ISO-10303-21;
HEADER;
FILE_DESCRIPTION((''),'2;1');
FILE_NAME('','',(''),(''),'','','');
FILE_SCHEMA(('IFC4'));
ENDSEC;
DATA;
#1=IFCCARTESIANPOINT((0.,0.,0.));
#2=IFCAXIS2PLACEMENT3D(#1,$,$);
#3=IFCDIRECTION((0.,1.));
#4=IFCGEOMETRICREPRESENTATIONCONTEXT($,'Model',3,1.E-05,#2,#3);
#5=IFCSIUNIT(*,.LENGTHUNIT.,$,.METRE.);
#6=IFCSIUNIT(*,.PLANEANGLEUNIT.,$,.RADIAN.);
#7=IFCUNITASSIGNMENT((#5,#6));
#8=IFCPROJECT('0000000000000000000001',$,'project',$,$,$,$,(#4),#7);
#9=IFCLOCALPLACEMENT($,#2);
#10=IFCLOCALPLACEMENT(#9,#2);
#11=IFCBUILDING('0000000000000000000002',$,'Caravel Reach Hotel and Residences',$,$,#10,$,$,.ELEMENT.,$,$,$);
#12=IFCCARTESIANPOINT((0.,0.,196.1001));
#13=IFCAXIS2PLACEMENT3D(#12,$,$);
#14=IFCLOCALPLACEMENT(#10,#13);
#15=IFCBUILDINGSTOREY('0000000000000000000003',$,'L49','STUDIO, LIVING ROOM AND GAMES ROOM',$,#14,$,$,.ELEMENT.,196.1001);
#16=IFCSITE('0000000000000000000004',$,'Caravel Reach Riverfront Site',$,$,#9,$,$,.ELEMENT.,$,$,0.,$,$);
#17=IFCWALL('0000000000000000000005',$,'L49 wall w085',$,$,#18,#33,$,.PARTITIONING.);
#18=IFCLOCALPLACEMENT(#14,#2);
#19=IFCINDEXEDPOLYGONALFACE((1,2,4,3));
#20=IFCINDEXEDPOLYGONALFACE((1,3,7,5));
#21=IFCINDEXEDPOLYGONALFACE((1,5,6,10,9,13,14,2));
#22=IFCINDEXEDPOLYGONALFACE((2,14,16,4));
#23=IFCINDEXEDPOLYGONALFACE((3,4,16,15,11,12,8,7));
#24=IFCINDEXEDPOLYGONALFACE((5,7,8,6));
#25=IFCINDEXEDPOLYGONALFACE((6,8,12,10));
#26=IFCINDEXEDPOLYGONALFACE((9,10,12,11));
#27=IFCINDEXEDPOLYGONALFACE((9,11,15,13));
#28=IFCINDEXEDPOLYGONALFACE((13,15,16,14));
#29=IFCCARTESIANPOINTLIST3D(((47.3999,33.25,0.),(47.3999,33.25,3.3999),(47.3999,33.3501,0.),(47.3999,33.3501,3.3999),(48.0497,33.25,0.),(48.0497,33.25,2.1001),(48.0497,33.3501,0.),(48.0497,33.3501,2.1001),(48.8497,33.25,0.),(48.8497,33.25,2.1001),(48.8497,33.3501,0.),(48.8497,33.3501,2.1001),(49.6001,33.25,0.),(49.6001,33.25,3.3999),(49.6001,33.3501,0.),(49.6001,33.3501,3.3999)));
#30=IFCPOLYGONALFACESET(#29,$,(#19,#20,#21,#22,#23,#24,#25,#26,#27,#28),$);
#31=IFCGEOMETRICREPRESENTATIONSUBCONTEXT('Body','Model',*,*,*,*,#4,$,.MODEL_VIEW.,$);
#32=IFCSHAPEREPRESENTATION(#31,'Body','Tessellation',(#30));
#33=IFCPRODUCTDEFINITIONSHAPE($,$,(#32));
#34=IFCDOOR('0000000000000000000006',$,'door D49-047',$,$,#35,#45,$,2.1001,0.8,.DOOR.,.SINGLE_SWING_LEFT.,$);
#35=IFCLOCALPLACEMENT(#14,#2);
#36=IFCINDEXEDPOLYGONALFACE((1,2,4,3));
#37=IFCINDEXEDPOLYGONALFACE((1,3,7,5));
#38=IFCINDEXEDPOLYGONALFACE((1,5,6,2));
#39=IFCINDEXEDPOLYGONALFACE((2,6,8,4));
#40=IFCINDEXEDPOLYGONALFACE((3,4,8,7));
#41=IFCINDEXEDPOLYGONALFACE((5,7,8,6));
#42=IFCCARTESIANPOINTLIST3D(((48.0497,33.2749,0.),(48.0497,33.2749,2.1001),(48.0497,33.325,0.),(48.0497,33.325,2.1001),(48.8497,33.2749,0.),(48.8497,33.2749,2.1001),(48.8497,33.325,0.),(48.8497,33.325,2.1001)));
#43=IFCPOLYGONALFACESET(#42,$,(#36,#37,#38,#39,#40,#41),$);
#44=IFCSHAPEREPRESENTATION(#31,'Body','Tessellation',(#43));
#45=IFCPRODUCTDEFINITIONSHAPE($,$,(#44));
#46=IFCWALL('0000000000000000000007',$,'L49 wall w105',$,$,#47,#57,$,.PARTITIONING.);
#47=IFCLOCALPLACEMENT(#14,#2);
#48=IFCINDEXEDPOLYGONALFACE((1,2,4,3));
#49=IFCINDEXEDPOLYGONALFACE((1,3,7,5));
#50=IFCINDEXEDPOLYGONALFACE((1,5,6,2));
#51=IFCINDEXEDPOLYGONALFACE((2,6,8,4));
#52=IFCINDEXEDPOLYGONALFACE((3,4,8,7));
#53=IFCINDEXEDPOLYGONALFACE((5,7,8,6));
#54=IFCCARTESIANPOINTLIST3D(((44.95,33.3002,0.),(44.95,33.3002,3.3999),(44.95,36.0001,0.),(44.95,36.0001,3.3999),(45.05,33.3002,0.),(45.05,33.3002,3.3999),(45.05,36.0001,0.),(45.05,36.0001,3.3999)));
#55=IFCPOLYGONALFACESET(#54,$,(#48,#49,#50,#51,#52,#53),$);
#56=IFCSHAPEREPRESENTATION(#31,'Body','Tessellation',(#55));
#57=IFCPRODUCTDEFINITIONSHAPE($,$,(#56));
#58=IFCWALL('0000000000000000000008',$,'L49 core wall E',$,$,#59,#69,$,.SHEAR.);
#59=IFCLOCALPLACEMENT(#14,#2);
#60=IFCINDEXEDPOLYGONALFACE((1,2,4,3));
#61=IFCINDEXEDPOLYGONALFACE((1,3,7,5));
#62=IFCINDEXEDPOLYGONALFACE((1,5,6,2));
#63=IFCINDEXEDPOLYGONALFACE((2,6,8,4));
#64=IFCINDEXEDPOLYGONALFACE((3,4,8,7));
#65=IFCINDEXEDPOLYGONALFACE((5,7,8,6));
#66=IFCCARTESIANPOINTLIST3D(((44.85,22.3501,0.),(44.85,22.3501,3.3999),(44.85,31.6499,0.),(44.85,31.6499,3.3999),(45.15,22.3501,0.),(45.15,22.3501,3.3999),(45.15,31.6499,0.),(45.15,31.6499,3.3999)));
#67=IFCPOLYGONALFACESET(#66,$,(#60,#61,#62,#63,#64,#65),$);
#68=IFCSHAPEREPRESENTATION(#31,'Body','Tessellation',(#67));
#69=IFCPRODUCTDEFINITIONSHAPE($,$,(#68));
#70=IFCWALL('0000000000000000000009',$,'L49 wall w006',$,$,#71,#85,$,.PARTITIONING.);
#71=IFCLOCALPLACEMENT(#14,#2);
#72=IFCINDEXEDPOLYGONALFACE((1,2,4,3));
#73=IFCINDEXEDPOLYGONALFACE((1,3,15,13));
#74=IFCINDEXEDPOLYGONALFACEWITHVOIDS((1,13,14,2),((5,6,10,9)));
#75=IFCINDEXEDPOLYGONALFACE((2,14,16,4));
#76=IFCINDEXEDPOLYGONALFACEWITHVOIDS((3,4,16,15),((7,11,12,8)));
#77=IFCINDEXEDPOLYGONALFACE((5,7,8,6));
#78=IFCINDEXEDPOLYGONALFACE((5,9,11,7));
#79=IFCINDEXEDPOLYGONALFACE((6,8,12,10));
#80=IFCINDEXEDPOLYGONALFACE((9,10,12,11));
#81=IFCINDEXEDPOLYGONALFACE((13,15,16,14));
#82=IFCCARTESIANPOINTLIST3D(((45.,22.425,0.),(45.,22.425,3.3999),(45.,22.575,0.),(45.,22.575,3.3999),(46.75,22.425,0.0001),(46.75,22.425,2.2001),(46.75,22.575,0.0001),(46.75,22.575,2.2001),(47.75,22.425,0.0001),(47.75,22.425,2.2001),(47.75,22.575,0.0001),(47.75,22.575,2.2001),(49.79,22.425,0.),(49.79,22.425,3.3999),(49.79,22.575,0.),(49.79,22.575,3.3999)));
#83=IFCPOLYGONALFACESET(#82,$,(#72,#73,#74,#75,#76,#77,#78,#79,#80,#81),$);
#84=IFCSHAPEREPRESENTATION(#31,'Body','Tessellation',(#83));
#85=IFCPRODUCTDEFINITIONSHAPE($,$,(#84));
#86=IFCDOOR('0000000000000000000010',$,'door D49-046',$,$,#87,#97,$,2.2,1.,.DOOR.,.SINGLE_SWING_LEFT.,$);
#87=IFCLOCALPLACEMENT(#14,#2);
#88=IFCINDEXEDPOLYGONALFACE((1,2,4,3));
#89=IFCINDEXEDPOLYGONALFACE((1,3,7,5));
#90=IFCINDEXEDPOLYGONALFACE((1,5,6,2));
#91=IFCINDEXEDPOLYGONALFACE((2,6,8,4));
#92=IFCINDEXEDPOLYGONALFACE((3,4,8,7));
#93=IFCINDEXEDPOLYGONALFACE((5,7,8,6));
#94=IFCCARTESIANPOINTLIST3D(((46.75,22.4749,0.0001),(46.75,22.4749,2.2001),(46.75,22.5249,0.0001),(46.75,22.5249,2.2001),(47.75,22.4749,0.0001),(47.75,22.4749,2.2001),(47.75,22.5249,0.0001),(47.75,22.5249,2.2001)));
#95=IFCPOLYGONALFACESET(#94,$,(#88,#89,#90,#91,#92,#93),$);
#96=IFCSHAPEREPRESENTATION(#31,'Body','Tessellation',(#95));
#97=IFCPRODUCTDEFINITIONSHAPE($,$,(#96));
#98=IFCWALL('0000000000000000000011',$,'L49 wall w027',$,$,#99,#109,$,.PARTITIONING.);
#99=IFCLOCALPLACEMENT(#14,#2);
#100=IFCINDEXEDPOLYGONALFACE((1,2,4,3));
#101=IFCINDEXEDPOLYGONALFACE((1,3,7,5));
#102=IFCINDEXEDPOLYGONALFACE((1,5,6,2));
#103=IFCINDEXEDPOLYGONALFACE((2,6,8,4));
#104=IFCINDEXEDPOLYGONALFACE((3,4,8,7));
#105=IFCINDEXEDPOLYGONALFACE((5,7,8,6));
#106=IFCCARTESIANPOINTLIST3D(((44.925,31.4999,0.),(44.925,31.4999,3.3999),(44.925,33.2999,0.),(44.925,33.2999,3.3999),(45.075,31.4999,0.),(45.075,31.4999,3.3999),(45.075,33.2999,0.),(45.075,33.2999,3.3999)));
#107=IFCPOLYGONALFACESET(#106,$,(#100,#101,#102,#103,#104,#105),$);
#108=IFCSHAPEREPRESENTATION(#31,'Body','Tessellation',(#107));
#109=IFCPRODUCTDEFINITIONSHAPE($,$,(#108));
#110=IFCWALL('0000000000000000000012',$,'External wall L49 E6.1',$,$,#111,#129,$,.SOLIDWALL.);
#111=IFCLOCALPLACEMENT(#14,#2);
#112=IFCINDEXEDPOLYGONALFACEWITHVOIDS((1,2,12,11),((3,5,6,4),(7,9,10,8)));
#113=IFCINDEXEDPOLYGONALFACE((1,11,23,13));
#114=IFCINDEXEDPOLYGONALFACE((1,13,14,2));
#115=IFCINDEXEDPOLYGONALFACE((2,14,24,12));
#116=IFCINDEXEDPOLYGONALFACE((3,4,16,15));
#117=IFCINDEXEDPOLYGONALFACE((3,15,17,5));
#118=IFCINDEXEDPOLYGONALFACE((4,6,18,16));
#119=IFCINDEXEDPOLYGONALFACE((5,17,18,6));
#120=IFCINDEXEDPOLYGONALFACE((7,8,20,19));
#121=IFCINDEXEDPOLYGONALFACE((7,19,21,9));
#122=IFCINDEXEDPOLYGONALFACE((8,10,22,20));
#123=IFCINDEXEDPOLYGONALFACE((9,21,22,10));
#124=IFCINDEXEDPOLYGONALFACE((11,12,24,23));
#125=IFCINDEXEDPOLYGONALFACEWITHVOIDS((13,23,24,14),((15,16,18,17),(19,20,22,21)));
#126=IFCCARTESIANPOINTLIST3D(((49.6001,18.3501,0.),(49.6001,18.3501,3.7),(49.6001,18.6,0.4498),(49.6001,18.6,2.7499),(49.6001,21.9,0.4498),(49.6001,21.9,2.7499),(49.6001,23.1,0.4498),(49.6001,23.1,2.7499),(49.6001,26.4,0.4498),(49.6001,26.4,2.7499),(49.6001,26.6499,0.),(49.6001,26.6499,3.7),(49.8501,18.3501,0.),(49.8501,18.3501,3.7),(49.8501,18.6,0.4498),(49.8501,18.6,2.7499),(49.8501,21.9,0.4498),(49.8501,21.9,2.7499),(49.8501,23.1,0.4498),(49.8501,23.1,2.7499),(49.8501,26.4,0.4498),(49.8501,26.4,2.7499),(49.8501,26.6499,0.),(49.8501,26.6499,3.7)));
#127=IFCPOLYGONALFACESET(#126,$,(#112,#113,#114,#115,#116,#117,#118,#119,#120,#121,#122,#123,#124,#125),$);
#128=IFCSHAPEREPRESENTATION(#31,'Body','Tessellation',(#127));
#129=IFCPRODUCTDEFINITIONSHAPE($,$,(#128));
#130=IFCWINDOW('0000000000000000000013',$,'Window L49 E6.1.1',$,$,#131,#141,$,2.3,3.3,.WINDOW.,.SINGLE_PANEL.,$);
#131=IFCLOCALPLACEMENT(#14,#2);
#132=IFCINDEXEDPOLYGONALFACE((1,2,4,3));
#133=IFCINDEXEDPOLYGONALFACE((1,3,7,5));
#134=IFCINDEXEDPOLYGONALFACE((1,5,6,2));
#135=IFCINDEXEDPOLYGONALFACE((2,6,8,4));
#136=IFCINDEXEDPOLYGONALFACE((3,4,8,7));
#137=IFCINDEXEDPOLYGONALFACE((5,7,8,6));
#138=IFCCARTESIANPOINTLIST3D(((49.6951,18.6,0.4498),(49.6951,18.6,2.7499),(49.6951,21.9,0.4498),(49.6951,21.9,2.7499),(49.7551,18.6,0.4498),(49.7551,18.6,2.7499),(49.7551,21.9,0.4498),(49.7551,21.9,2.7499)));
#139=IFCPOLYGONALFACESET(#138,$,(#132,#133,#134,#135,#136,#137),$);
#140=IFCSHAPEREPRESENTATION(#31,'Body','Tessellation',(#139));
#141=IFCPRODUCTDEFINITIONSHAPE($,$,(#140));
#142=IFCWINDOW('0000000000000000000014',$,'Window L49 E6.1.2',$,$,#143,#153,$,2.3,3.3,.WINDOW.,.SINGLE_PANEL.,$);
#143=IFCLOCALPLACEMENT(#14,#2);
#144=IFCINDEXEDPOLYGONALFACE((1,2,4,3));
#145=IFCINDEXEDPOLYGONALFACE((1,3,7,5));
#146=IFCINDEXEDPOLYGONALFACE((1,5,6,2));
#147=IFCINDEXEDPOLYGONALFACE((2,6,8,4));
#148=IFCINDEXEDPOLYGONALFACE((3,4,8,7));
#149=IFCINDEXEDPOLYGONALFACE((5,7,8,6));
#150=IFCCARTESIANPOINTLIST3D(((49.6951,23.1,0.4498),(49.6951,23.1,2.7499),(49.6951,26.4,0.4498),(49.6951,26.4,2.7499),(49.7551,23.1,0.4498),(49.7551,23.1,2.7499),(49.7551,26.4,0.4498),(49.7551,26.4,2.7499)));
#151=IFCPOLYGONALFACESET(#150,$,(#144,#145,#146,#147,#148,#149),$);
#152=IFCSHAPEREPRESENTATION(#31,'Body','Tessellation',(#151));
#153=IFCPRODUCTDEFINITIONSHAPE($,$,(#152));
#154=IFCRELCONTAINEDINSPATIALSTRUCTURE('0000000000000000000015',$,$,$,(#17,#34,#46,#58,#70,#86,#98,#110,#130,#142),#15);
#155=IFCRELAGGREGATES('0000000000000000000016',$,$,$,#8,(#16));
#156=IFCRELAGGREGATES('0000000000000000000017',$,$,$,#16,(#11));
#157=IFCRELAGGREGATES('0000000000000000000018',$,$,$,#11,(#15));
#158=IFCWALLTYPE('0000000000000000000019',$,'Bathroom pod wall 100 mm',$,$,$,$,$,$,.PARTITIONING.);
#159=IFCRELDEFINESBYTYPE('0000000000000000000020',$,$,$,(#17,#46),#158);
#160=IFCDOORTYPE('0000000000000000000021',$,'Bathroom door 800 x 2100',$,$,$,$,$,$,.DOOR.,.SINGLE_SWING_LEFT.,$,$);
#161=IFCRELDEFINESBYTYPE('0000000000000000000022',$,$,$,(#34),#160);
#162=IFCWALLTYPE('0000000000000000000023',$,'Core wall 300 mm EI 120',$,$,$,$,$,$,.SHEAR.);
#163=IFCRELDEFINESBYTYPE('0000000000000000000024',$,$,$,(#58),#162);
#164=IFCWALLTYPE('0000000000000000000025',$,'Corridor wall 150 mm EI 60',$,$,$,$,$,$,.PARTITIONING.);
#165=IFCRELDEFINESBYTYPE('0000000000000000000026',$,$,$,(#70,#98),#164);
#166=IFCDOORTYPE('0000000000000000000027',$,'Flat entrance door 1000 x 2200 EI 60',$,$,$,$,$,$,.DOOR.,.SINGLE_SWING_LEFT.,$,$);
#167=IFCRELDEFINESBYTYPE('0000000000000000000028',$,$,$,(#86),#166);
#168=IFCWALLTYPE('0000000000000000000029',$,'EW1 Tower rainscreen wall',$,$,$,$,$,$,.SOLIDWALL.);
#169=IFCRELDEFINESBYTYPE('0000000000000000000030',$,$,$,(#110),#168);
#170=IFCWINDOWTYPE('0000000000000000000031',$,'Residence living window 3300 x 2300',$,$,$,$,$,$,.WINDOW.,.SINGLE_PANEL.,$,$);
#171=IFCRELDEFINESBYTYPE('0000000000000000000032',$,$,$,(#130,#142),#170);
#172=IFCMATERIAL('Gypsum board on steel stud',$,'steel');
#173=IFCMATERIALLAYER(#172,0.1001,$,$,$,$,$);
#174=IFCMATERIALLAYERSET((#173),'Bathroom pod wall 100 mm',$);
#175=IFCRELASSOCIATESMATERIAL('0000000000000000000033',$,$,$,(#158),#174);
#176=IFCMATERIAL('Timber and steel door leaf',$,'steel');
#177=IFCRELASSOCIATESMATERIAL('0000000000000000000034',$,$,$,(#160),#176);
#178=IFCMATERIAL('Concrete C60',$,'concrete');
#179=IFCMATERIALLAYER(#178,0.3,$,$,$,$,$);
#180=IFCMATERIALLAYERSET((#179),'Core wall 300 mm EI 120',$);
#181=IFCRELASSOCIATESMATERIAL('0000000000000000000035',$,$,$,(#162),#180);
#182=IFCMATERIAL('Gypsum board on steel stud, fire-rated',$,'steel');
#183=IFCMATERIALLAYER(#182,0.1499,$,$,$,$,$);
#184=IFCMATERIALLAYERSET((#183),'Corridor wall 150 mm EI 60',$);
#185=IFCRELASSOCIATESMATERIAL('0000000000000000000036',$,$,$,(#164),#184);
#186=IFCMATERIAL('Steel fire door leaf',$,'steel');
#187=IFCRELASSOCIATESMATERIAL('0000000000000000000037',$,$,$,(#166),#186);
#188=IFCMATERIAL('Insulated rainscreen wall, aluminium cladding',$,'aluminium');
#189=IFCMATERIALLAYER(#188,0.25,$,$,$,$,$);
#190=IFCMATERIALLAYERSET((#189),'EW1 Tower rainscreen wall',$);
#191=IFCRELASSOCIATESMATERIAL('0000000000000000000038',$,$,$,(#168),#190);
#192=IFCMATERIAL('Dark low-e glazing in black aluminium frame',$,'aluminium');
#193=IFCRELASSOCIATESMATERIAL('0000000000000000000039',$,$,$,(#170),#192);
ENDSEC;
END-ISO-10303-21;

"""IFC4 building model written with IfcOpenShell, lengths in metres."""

from ifc_helpers import new_model, si_unit, direction, frame, frame_2d, origin, place, context, subcontext, project, spatial, rectangle, extrude, material, layer, layer_set, type_object, element, fill, save


model = new_model("IFC4")

# Units and contexts
model_context = context("Model", 3, precision=1e-05, world=origin(), true_north=direction((0.0, 1.0)))
body_context = subcontext(model_context, "Body", "Model", "MODEL_VIEW")
ifc_project = project(units=[si_unit("LENGTHUNIT", "METRE"), si_unit("PLANEANGLEUNIT", "RADIAN")], contexts=[model_context])

# Site, building, storey
site_placement = place(None, origin())
site = spatial("IfcSite", under=ifc_project, at=site_placement, Name="Caravel Reach Riverfront Site", CompositionType="ELEMENT", RefElevation=0.0)
building_placement = place(site_placement, origin())
building = spatial("IfcBuilding", under=site, at=building_placement, Name="Caravel Reach Hotel and Residences", CompositionType="ELEMENT")
storey_placement = place(building_placement, frame((0.0, 0.0, 196.1001)))
storey = spatial("IfcBuildingStorey", under=building, at=storey_placement, Name="L49", Description="STUDIO, LIVING ROOM AND GAMES ROOM", CompositionType="ELEMENT", Elevation=196.1001)

# Wall, opening, door
ifc_material_1 = material(Name="Gypsum board on steel stud", Category="steel")
ifc_layer_1 = layer(ifc_material_1, 0.1001)
ifc_layer_set_1 = layer_set([ifc_layer_1], Name="Bathroom pod wall 100 mm")
wall_type_1 = type_object("IfcWallType", Name="Bathroom pod wall 100 mm", PredefinedType="PARTITIONING", material=ifc_layer_set_1)
wall_1_placement = place(storey_placement, frame((47.3999, 33.3, 0.0), z_axis=(0.0, 0.0, 1.0), x_axis=(1.0, 0.0, 0.0)))
wall_1 = element("IfcWall", 1, at=wall_1_placement, inside=storey, type_object=wall_type_1, Name="L49 wall w085", PredefinedType="PARTITIONING", context=body_context, shape_type="SweptSolid", body=[
    extrude(rectangle(XDim=2.2002, YDim=0.1001, at=frame_2d((1.1001, 0.0))), origin(), (0.0, 0.0, 1.0), 3.3999),
])
opening_1_placement = place(wall_1_placement, frame((0.6499, 0.0, 0.0)))
opening_1 = element("IfcOpeningElement", 2, at=opening_1_placement, cuts=wall_1, PredefinedType="OPENING", context=body_context, shape_type="SweptSolid", body=[
    extrude(rectangle(XDim=0.8, YDim=2.1001, at=frame_2d((0.3999, 1.05))), frame((0.0, 0.0601, 0.0), z_axis=(0.0, -1.0, 0.0), x_axis=(1.0, 0.0, 0.0)), (0.0, 0.0, 1.0), 0.1201),
])
ifc_material_2 = material(Name="Timber and steel door leaf", Category="steel")
door_type_1 = type_object("IfcDoorType", Name="Bathroom door 800 x 2100", OperationType="SINGLE_SWING_LEFT", PredefinedType="DOOR", material=ifc_material_2)
door_1_placement = place(opening_1_placement, origin())
door_1 = element("IfcDoor", 3, at=door_1_placement, inside=storey, type_object=door_type_1, Name="door D49-047", OperationType="SINGLE_SWING_LEFT", OverallHeight=2.1001, OverallWidth=0.8, PredefinedType="DOOR", context=body_context, shape_type="SweptSolid", body=[
    extrude(rectangle(XDim=0.8, YDim=2.1001, at=frame_2d((0.3999, 1.05))), frame((0.0, 0.0249, 0.0), z_axis=(0.0, -1.0, 0.0), x_axis=(1.0, 0.0, 0.0)), (0.0, 0.0, 1.0), 0.05),
])
fill(opening_1, door_1)

# Walls
wall_2_placement = place(storey_placement, frame((45.0, 33.3, 0.0), z_axis=(0.0, 0.0, 1.0), x_axis=(0.0, 1.0, 0.0)))
element("IfcWall", 4, at=wall_2_placement, inside=storey, type_object=wall_type_1, Name="L49 wall w105", PredefinedType="PARTITIONING", context=body_context, shape_type="SweptSolid", body=[
    extrude(rectangle(XDim=2.7, YDim=0.1001, at=frame_2d((1.3501, 0.0))), origin(), (0.0, 0.0, 1.0), 3.3999),
])
ifc_material_3 = material(Name="Concrete C60", Category="concrete")
ifc_layer_2 = layer(ifc_material_3, 0.3)
ifc_layer_set_2 = layer_set([ifc_layer_2], Name="Core wall 300 mm EI 120")
wall_type_2 = type_object("IfcWallType", Name="Core wall 300 mm EI 120", PredefinedType="SHEAR", material=ifc_layer_set_2)
wall_3_placement = place(storey_placement, frame((45.0, 22.3501, 0.0), z_axis=(0.0, 0.0, 1.0), x_axis=(0.0, 1.0, 0.0)))
element("IfcWall", 5, at=wall_3_placement, inside=storey, type_object=wall_type_2, Name="L49 core wall E", PredefinedType="SHEAR", context=body_context, shape_type="SweptSolid", body=[
    extrude(rectangle(XDim=9.2998, YDim=0.3, at=frame_2d((4.6499, 0.0))), origin(), (0.0, 0.0, 1.0), 3.3999),
])

# Wall, opening, door
ifc_material_4 = material(Name="Gypsum board on steel stud, fire-rated", Category="steel")
ifc_layer_3 = layer(ifc_material_4, 0.1499)
ifc_layer_set_3 = layer_set([ifc_layer_3], Name="Corridor wall 150 mm EI 60")
wall_type_3 = type_object("IfcWallType", Name="Corridor wall 150 mm EI 60", PredefinedType="PARTITIONING", material=ifc_layer_set_3)
wall_4_placement = place(storey_placement, frame((45.0, 22.5, 0.0), z_axis=(0.0, 0.0, 1.0), x_axis=(1.0, 0.0, 0.0)))
wall_4 = element("IfcWall", 6, at=wall_4_placement, inside=storey, type_object=wall_type_3, Name="L49 wall w006", PredefinedType="PARTITIONING", context=body_context, shape_type="SweptSolid", body=[
    extrude(rectangle(XDim=4.79, YDim=0.1499, at=frame_2d((2.395, 0.0))), origin(), (0.0, 0.0, 1.0), 3.3999),
])
opening_2_placement = place(wall_4_placement, frame((1.75, 0.0, 0.0)))
opening_2 = element("IfcOpeningElement", 7, at=opening_2_placement, cuts=wall_4, PredefinedType="OPENING", context=body_context, shape_type="SweptSolid", body=[
    extrude(rectangle(XDim=1.0, YDim=2.2, at=frame_2d((0.5, 1.1001))), frame((0.0, 0.085, 0.0), z_axis=(0.0, -1.0, 0.0), x_axis=(1.0, 0.0, 0.0)), (0.0, 0.0, 1.0), 0.1699),
])
ifc_material_5 = material(Name="Steel fire door leaf", Category="steel")
door_type_2 = type_object("IfcDoorType", Name="Flat entrance door 1000 x 2200 EI 60", OperationType="SINGLE_SWING_LEFT", PredefinedType="DOOR", material=ifc_material_5)
door_2_placement = place(opening_2_placement, origin())
door_2 = element("IfcDoor", 8, at=door_2_placement, inside=storey, type_object=door_type_2, Name="door D49-046", OperationType="SINGLE_SWING_LEFT", OverallHeight=2.2, OverallWidth=1.0, PredefinedType="DOOR", context=body_context, shape_type="SweptSolid", body=[
    extrude(rectangle(XDim=1.0, YDim=2.2, at=frame_2d((0.5, 1.1001))), frame((0.0, 0.0249, 0.0), z_axis=(0.0, -1.0, 0.0), x_axis=(1.0, 0.0, 0.0)), (0.0, 0.0, 1.0), 0.05),
])
fill(opening_2, door_2)

# Wall
wall_5_placement = place(storey_placement, frame((45.0, 31.5, 0.0), z_axis=(0.0, 0.0, 1.0), x_axis=(0.0, 1.0, 0.0)))
element("IfcWall", 9, at=wall_5_placement, inside=storey, type_object=wall_type_3, Name="L49 wall w027", PredefinedType="PARTITIONING", context=body_context, shape_type="SweptSolid", body=[
    extrude(rectangle(XDim=1.8, YDim=0.1499, at=frame_2d((0.8999, 0.0))), origin(), (0.0, 0.0, 1.0), 3.3999),
])

# Wall, openings, windows
ifc_material_6 = material(Name="Insulated rainscreen wall, aluminium cladding", Category="aluminium")
ifc_layer_4 = layer(ifc_material_6, 0.25)
ifc_layer_set_4 = layer_set([ifc_layer_4], Name="EW1 Tower rainscreen wall")
wall_type_4 = type_object("IfcWallType", Name="EW1 Tower rainscreen wall", PredefinedType="SOLIDWALL", material=ifc_layer_set_4)
wall_6_placement = place(storey_placement, frame((49.7251, 18.3501, 0.0), z_axis=(0.0, 0.0, 1.0), x_axis=(0.0, 1.0, 0.0)))
wall_6 = element("IfcWall", 10, at=wall_6_placement, inside=storey, type_object=wall_type_4, Name="External wall L49 E6.1", PredefinedType="SOLIDWALL", context=body_context, shape_type="SweptSolid", body=[
    extrude(rectangle(XDim=8.2998, YDim=0.25, at=frame_2d((4.1499, 0.0))), origin(), (0.0, 0.0, 1.0), 3.7),
])
opening_3_placement = place(wall_6_placement, frame((0.25, 0.0, 0.45)))
opening_3 = element("IfcOpeningElement", 11, at=opening_3_placement, cuts=wall_6, PredefinedType="OPENING", context=body_context, shape_type="SweptSolid", body=[
    extrude(rectangle(XDim=3.3, YDim=2.3, at=frame_2d((1.6499, 1.1499))), frame((0.0, 0.135, 0.0), z_axis=(0.0, -1.0, 0.0), x_axis=(1.0, 0.0, 0.0)), (0.0, 0.0, 1.0), 0.27),
])
opening_4_placement = place(wall_6_placement, frame((4.75, 0.0, 0.45)))
opening_4 = element("IfcOpeningElement", 12, at=opening_4_placement, cuts=wall_6, PredefinedType="OPENING", context=body_context, shape_type="SweptSolid", body=[
    extrude(rectangle(XDim=3.3, YDim=2.3, at=frame_2d((1.6499, 1.1499))), frame((0.0, 0.135, 0.0), z_axis=(0.0, -1.0, 0.0), x_axis=(1.0, 0.0, 0.0)), (0.0, 0.0, 1.0), 0.27),
])
ifc_material_7 = material(Name="Dark low-e glazing in black aluminium frame", Category="aluminium")
window_type = type_object("IfcWindowType", Name="Residence living window 3300 x 2300", PartitioningType="SINGLE_PANEL", PredefinedType="WINDOW", material=ifc_material_7)
window_1_placement = place(opening_3_placement, origin())
window_1 = element("IfcWindow", 13, at=window_1_placement, inside=storey, type_object=window_type, Name="Window L49 E6.1.1", OverallHeight=2.3, OverallWidth=3.3, PartitioningType="SINGLE_PANEL", PredefinedType="WINDOW", context=body_context, shape_type="SweptSolid", body=[
    extrude(rectangle(XDim=3.3, YDim=2.3, at=frame_2d((1.6499, 1.1499))), frame((0.0, 0.03, 0.0), z_axis=(0.0, -1.0, 0.0), x_axis=(1.0, 0.0, 0.0)), (0.0, 0.0, 1.0), 0.0601),
])
fill(opening_3, window_1)
window_2_placement = place(opening_4_placement, origin())
window_2 = element("IfcWindow", 14, at=window_2_placement, inside=storey, type_object=window_type, Name="Window L49 E6.1.2", OverallHeight=2.3, OverallWidth=3.3, PartitioningType="SINGLE_PANEL", PredefinedType="WINDOW", context=body_context, shape_type="SweptSolid", body=[
    extrude(rectangle(XDim=3.3, YDim=2.3, at=frame_2d((1.6499, 1.1499))), frame((0.0, 0.03, 0.0), z_axis=(0.0, -1.0, 0.0), x_axis=(1.0, 0.0, 0.0)), (0.0, 0.0, 1.0), 0.0601),
])
fill(opening_4, window_2)

save(model, "model.ifc")
